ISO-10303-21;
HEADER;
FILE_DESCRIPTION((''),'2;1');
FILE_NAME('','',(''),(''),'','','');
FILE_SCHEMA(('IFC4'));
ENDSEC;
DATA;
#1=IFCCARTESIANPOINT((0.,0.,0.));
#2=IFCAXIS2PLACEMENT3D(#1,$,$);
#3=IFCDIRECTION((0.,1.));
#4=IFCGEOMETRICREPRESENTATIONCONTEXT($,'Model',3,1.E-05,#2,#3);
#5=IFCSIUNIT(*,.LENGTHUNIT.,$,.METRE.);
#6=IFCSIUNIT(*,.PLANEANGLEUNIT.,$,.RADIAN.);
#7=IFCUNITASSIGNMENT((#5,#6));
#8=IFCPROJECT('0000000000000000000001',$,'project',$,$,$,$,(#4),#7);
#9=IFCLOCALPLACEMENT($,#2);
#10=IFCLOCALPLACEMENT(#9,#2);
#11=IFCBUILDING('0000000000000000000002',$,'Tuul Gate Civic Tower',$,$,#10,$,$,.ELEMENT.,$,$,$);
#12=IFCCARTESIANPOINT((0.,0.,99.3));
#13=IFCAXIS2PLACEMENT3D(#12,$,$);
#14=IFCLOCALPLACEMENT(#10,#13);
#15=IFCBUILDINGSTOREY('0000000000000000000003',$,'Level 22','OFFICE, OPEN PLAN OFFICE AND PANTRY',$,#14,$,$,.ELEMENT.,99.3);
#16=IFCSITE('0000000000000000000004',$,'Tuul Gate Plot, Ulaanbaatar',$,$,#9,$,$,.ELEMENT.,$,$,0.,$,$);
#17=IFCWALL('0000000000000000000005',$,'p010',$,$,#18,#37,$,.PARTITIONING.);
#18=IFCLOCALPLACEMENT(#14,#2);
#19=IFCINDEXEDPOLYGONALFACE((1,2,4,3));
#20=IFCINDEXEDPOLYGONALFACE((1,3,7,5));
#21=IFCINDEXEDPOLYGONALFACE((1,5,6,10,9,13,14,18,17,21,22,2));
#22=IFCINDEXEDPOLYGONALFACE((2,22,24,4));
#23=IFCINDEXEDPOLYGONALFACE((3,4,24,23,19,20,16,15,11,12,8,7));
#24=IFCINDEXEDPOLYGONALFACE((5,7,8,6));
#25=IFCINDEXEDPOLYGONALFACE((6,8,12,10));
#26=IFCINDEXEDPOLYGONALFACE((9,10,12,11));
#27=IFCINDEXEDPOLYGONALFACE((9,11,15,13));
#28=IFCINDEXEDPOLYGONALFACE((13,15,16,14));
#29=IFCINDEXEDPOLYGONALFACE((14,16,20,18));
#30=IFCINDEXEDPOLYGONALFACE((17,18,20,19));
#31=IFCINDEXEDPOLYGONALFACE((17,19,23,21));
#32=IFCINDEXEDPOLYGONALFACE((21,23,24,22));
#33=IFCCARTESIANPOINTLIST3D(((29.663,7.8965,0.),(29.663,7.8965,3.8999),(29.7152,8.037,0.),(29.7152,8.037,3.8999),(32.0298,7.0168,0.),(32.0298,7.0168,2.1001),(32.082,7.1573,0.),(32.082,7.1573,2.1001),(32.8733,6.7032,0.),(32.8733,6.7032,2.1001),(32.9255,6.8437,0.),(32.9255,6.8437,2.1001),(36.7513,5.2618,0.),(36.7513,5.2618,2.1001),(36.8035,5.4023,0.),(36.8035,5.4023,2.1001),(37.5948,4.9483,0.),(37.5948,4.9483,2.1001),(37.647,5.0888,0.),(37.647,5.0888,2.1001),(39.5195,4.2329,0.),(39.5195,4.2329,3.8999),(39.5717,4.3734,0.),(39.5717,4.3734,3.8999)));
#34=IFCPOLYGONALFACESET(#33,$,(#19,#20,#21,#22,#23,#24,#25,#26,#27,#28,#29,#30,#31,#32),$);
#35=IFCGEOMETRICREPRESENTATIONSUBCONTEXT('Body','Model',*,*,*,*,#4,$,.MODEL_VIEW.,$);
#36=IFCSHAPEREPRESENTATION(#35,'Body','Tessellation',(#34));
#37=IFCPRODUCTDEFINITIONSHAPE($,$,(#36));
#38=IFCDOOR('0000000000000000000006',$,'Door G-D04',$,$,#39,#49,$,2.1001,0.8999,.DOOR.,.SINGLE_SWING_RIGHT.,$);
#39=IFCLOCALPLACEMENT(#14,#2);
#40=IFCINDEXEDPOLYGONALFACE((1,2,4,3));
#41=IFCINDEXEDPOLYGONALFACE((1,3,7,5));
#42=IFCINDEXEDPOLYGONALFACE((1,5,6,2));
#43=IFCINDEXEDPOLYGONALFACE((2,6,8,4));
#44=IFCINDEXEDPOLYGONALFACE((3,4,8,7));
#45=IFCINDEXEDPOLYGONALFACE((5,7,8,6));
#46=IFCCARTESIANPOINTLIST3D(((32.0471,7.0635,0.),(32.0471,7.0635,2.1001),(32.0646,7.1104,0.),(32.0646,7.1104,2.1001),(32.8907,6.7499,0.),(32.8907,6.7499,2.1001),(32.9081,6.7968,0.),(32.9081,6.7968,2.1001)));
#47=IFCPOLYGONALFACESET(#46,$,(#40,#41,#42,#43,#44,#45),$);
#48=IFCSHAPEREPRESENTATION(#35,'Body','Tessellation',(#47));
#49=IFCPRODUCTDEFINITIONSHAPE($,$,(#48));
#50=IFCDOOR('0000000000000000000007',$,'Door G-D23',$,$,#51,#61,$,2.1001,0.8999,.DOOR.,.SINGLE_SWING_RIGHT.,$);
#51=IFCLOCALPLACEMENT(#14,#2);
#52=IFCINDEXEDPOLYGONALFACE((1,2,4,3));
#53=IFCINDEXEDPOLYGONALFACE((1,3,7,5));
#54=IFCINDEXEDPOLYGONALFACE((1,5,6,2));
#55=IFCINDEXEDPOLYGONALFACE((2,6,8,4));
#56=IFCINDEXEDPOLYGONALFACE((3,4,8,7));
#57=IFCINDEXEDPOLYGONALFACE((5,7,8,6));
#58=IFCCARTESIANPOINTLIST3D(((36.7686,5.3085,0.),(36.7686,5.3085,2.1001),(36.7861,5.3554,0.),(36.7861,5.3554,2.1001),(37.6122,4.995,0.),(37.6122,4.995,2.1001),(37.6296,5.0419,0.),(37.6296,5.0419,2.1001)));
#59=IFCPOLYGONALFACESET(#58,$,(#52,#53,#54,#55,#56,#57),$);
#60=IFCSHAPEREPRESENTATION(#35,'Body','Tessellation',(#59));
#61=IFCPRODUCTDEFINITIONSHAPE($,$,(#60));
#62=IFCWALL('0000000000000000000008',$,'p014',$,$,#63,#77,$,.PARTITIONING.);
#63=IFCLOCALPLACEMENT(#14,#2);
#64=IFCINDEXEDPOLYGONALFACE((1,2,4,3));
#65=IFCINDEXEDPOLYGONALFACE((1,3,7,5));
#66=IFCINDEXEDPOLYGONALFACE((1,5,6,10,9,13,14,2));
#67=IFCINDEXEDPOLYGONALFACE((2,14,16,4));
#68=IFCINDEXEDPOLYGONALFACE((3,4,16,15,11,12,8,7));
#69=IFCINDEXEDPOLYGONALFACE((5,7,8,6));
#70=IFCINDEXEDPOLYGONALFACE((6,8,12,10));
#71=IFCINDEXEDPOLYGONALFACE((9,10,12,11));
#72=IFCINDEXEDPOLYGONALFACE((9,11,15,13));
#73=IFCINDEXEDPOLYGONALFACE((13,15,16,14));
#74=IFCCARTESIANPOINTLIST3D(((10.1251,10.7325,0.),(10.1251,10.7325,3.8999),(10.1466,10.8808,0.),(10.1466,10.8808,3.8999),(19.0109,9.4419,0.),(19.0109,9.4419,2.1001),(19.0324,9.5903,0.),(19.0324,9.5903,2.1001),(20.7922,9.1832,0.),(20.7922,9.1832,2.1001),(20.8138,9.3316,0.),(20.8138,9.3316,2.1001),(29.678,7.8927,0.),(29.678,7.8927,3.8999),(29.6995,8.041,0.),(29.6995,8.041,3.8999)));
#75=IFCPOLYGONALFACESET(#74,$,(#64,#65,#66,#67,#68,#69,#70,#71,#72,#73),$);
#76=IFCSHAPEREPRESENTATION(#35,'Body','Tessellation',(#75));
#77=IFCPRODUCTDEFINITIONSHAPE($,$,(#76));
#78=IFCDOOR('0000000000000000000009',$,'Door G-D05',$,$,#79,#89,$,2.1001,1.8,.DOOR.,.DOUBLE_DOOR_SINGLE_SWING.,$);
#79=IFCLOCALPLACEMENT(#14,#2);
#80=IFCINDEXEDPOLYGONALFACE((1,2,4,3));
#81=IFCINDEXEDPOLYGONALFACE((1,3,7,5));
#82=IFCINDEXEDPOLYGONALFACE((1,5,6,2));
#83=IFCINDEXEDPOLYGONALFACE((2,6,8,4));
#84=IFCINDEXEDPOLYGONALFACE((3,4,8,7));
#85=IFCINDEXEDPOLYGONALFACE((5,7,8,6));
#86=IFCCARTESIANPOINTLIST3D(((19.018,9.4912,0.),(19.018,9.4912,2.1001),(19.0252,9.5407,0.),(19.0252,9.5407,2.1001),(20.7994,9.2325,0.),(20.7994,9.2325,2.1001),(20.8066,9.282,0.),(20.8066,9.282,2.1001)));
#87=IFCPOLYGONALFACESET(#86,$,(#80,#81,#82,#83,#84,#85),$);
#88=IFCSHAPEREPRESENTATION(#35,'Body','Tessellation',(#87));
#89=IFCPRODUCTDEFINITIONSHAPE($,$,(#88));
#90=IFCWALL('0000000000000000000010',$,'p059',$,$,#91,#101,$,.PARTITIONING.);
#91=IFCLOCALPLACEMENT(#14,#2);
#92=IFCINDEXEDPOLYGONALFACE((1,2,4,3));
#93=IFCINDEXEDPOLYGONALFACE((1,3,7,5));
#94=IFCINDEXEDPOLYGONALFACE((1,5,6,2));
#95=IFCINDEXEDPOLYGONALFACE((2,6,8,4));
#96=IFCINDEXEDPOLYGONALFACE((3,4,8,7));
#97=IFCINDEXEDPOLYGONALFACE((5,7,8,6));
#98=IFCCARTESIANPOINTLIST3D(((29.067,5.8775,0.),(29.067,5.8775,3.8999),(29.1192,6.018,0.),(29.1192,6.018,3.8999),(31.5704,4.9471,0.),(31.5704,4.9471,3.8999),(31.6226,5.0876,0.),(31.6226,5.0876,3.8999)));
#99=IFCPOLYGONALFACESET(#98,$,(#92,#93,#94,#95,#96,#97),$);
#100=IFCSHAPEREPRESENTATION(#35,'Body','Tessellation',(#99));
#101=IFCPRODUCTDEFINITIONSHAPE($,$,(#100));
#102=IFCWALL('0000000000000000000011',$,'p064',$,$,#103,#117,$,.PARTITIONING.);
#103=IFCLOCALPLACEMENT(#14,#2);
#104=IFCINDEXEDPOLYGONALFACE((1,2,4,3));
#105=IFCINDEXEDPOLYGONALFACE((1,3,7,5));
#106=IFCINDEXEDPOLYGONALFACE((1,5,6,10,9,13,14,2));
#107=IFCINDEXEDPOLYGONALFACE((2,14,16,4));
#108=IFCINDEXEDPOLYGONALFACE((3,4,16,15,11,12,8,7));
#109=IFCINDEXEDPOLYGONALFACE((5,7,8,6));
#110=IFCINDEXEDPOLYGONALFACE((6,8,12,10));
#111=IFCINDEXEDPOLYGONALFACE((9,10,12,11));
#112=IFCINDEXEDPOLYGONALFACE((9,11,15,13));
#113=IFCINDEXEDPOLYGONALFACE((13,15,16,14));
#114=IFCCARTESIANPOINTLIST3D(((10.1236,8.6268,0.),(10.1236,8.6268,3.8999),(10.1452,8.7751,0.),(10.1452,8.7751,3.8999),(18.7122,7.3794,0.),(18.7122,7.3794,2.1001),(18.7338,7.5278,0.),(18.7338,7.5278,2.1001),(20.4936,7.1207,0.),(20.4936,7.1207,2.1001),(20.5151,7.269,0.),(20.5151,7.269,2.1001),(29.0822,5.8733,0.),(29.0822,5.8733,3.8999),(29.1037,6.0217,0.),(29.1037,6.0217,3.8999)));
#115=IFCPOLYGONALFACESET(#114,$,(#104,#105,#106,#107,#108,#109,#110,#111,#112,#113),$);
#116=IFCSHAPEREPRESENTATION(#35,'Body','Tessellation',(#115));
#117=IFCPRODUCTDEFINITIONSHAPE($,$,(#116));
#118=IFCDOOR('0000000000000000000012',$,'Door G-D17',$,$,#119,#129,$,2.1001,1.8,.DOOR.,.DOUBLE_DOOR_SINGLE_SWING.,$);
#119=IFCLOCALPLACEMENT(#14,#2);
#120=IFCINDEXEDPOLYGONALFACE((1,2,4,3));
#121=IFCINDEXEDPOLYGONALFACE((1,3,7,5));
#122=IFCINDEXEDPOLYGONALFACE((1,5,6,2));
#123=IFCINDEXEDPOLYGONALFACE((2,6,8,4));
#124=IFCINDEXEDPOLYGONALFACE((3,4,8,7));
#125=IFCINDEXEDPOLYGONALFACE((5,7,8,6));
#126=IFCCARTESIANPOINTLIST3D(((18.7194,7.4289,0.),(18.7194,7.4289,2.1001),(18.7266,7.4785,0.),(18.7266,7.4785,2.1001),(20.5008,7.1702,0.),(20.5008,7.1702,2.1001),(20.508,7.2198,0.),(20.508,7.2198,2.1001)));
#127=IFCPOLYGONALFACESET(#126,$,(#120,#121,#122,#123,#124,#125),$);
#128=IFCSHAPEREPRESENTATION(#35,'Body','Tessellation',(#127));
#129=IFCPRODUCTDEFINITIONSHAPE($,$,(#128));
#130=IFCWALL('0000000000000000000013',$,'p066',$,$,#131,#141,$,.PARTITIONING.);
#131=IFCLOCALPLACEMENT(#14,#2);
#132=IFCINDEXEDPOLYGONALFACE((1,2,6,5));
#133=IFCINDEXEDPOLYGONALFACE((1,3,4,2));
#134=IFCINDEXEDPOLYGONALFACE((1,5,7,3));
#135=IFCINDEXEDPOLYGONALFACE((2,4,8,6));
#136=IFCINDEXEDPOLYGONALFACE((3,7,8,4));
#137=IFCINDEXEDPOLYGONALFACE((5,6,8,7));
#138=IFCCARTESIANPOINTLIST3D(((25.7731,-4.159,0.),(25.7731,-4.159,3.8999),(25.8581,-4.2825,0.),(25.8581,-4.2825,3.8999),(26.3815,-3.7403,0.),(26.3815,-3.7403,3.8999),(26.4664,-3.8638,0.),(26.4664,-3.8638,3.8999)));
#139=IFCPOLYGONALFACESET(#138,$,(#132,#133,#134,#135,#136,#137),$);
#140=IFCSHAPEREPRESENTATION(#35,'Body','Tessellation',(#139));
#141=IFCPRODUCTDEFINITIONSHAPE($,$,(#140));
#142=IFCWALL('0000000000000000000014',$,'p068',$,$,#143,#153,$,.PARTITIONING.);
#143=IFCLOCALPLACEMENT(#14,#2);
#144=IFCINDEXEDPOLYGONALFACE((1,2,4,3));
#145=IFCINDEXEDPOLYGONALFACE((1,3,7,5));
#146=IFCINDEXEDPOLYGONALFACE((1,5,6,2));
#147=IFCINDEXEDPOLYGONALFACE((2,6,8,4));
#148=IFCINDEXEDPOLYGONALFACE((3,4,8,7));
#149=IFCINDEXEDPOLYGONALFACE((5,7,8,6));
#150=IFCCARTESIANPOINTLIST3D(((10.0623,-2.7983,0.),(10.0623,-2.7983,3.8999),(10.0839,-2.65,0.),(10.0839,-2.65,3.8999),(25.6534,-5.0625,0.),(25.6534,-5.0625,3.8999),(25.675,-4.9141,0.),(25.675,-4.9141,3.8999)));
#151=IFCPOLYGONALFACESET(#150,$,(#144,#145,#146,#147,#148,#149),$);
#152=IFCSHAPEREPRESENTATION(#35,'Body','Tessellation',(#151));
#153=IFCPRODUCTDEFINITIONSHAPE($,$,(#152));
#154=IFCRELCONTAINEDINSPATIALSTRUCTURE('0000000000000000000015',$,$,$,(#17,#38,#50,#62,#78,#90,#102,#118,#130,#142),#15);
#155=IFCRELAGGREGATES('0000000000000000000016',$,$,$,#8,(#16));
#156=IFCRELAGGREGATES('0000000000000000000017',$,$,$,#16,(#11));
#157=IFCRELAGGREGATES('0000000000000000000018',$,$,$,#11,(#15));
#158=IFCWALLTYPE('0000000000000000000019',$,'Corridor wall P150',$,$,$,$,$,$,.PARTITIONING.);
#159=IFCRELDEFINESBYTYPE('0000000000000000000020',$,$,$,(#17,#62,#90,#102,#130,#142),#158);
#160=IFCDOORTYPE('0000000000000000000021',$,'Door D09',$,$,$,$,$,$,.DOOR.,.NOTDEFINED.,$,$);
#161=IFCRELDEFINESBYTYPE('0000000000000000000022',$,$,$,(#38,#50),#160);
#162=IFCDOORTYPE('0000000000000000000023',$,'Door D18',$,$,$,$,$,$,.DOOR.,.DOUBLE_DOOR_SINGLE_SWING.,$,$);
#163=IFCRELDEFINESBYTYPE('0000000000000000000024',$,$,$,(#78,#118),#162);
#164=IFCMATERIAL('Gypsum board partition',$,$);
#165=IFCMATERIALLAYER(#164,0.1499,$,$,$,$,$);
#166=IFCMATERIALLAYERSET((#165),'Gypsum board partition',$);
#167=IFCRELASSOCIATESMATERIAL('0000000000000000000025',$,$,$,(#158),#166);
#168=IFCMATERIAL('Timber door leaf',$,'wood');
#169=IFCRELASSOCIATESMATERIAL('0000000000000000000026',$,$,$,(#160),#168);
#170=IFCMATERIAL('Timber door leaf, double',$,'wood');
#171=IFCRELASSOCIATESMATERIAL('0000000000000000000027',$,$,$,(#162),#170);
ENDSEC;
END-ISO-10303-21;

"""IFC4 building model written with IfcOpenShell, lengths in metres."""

from ifc_helpers import new_model, si_unit, direction, frame, frame_2d, origin, place, context, subcontext, project, spatial, rectangle, extrude, material, layer, layer_set, type_object, element, fill, save


model = new_model("IFC4")

# Units and contexts
model_context = context("Model", 3, precision=1e-05, world=origin(), true_north=direction((0.0, 1.0)))
body_context = subcontext(model_context, "Body", "Model", "MODEL_VIEW")
ifc_project = project(units=[si_unit("LENGTHUNIT", "METRE"), si_unit("PLANEANGLEUNIT", "RADIAN")], contexts=[model_context])

# Site, building, storey
site_placement = place(None, origin())
site = spatial("IfcSite", under=ifc_project, at=site_placement, Name="Tuul Gate Plot, Ulaanbaatar", CompositionType="ELEMENT", RefElevation=0.0)
building_placement = place(site_placement, origin())
building = spatial("IfcBuilding", under=site, at=building_placement, Name="Tuul Gate Civic Tower", CompositionType="ELEMENT")
storey_placement = place(building_placement, frame((0.0, 0.0, 99.3)))
storey = spatial("IfcBuildingStorey", under=building, at=storey_placement, Name="Level 22", Description="OFFICE, OPEN PLAN OFFICE AND PANTRY", CompositionType="ELEMENT", Elevation=99.3)

# Wall, openings, doors
ifc_material_1 = material(Name="Gypsum board partition")
ifc_layer_1 = layer(ifc_material_1, 0.1499)
ifc_layer_set_1 = layer_set([ifc_layer_1], Name="Gypsum board partition")
wall_type_1 = type_object("IfcWallType", Name="Corridor wall P150", PredefinedType="PARTITIONING", material=ifc_layer_set_1)
wall_1_placement = place(storey_placement, frame((29.689, 7.9668, 0.0), z_axis=(0.0, 0.0, 1.0), x_axis=(0.937344, -0.348405, 0.0)))
wall_1 = element("IfcWall", 1, at=wall_1_placement, inside=storey, type_object=wall_type_1, Name="p010", PredefinedType="PARTITIONING", context=body_context, shape_type="SweptSolid", body=[
    extrude(rectangle(XDim=10.5154, YDim=0.1499, at=frame_2d((5.2578, 0.0))), origin(), (0.0, 0.0, 1.0), 3.8999),
])
opening_1_placement = place(wall_1_placement, frame((2.5251, 0.0, 0.0)))
opening_1 = element("IfcOpeningElement", 2, at=opening_1_placement, cuts=wall_1, PredefinedType="OPENING", context=body_context, shape_type="SweptSolid", body=[
    extrude(rectangle(XDim=0.8999, YDim=2.1001, at=frame_2d((0.45, 1.05))), frame((0.0, 0.085, 0.0), z_axis=(0.0, -1.0, 0.0), x_axis=(1.0, 0.0, 0.0)), (0.0, 0.0, 1.0), 0.1699),
])
opening_2_placement = place(wall_1_placement, frame((7.5623, 0.0, 0.0)))
opening_2 = element("IfcOpeningElement", 3, at=opening_2_placement, cuts=wall_1, PredefinedType="OPENING", context=body_context, shape_type="SweptSolid", body=[
    extrude(rectangle(XDim=0.8999, YDim=2.1001, at=frame_2d((0.45, 1.05))), frame((0.0, 0.085, 0.0), z_axis=(0.0, -1.0, 0.0), x_axis=(1.0, 0.0, 0.0)), (0.0, 0.0, 1.0), 0.1699),
])
ifc_material_2 = material(Name="Timber door leaf", Category="wood")
door_type_1 = type_object("IfcDoorType", Name="Door D09", OperationType="NOTDEFINED", PredefinedType="DOOR", material=ifc_material_2)
door_1_placement = place(opening_1_placement, origin())
door_1 = element("IfcDoor", 4, at=door_1_placement, inside=storey, type_object=door_type_1, Name="Door G-D04", OperationType="SINGLE_SWING_RIGHT", OverallHeight=2.1001, OverallWidth=0.8999, PredefinedType="DOOR", context=body_context, shape_type="SweptSolid", body=[
    extrude(rectangle(XDim=0.8999, YDim=2.1001, at=frame_2d((0.45, 1.05))), frame((0.0, 0.0249, 0.0), z_axis=(0.0, -1.0, 0.0), x_axis=(1.0, 0.0, 0.0)), (0.0, 0.0, 1.0), 0.05),
])
fill(opening_1, door_1)
door_2_placement = place(opening_2_placement, origin())
door_2 = element("IfcDoor", 5, at=door_2_placement, inside=storey, type_object=door_type_1, Name="Door G-D23", OperationType="SINGLE_SWING_RIGHT", OverallHeight=2.1001, OverallWidth=0.8999, PredefinedType="DOOR", context=body_context, shape_type="SweptSolid", body=[
    extrude(rectangle(XDim=0.8999, YDim=2.1001, at=frame_2d((0.45, 1.05))), frame((0.0, 0.0249, 0.0), z_axis=(0.0, -1.0, 0.0), x_axis=(1.0, 0.0, 0.0)), (0.0, 0.0, 1.0), 0.05),
])
fill(opening_2, door_2)

# Wall, opening, door
wall_2_placement = place(storey_placement, frame((10.136, 10.8066, 0.0), z_axis=(0.0, 0.0, 1.0), x_axis=(0.989617, -0.14373, 0.0)))
wall_2 = element("IfcWall", 6, at=wall_2_placement, inside=storey, type_object=wall_type_1, Name="p014", PredefinedType="PARTITIONING", context=body_context, shape_type="SweptSolid", body=[
    extrude(rectangle(XDim=19.7581, YDim=0.1499, at=frame_2d((9.8789, 0.0))), origin(), (0.0, 0.0, 1.0), 3.8999),
])
opening_3_placement = place(wall_2_placement, frame((8.979, 0.0, 0.0)))
opening_3 = element("IfcOpeningElement", 7, at=opening_3_placement, cuts=wall_2, PredefinedType="OPENING", context=body_context, shape_type="SweptSolid", body=[
    extrude(rectangle(XDim=1.8, YDim=2.1001, at=frame_2d((0.8999, 1.05))), frame((0.0, 0.085, 0.0), z_axis=(0.0, -1.0, 0.0), x_axis=(1.0, 0.0, 0.0)), (0.0, 0.0, 1.0), 0.1699),
])
ifc_material_3 = material(Name="Timber door leaf, double", Category="wood")
door_type_2 = type_object("IfcDoorType", Name="Door D18", OperationType="DOUBLE_DOOR_SINGLE_SWING", PredefinedType="DOOR", material=ifc_material_3)
door_3_placement = place(opening_3_placement, origin())
door_3 = element("IfcDoor", 8, at=door_3_placement, inside=storey, type_object=door_type_2, Name="Door G-D05", OperationType="DOUBLE_DOOR_SINGLE_SWING", OverallHeight=2.1001, OverallWidth=1.8, PredefinedType="DOOR", context=body_context, shape_type="SweptSolid", body=[
    extrude(rectangle(XDim=1.8, YDim=2.1001, at=frame_2d((0.8999, 1.05))), frame((0.0, 0.0249, 0.0), z_axis=(0.0, -1.0, 0.0), x_axis=(1.0, 0.0, 0.0)), (0.0, 0.0, 1.0), 0.05),
])
fill(opening_3, door_3)

# Wall
wall_3_placement = place(storey_placement, frame((29.093, 5.9478, 0.0), z_axis=(0.0, 0.0, 1.0), x_axis=(0.937354, -0.348377, 0.0)))
element("IfcWall", 9, at=wall_3_placement, inside=storey, type_object=wall_type_1, Name="p059", PredefinedType="PARTITIONING", context=body_context, shape_type="SweptSolid", body=[
    extrude(rectangle(XDim=2.6707, YDim=0.1499, at=frame_2d((1.3354, 0.0))), origin(), (0.0, 0.0, 1.0), 3.8999),
])

# Wall, opening, door
wall_4_placement = place(storey_placement, frame((10.1345, 8.7009, 0.0), z_axis=(0.0, 0.0, 1.0), x_axis=(0.989618, -0.143726, 0.0)))
wall_4 = element("IfcWall", 10, at=wall_4_placement, inside=storey, type_object=wall_type_1, Name="p064", PredefinedType="PARTITIONING", context=body_context, shape_type="SweptSolid", body=[
    extrude(rectangle(XDim=19.1575, YDim=0.1499, at=frame_2d((9.5786, 0.0))), origin(), (0.0, 0.0, 1.0), 3.8999),
])
opening_4_placement = place(wall_4_placement, frame((8.6787, 0.0, 0.0)))
opening_4 = element("IfcOpeningElement", 11, at=opening_4_placement, cuts=wall_4, PredefinedType="OPENING", context=body_context, shape_type="SweptSolid", body=[
    extrude(rectangle(XDim=1.8, YDim=2.1001, at=frame_2d((0.8999, 1.05))), frame((0.0, 0.085, 0.0), z_axis=(0.0, -1.0, 0.0), x_axis=(1.0, 0.0, 0.0)), (0.0, 0.0, 1.0), 0.1699),
])
door_4_placement = place(opening_4_placement, frame((1.8, 0.0, 0.0), z_axis=(0.0, 0.0, 1.0), x_axis=(-1.0, 0.0, 0.0)))
door_4 = element("IfcDoor", 12, at=door_4_placement, inside=storey, type_object=door_type_2, Name="Door G-D17", OperationType="DOUBLE_DOOR_SINGLE_SWING", OverallHeight=2.1001, OverallWidth=1.8, PredefinedType="DOOR", context=body_context, shape_type="SweptSolid", body=[
    extrude(rectangle(XDim=1.8, YDim=2.1001, at=frame_2d((0.9001, 1.05))), frame((0.0, 0.0249, 0.0), z_axis=(0.0, -1.0, 0.0), x_axis=(1.0, 0.0, 0.0)), (0.0, 0.0, 1.0), 0.05),
])
fill(opening_4, door_4)

# Walls
wall_5_placement = place(storey_placement, frame((25.8157, -4.2207, 0.0), z_axis=(0.0, 0.0, 1.0), x_axis=(0.823772, 0.566922, 0.0)))
element("IfcWall", 13, at=wall_5_placement, inside=storey, type_object=wall_type_1, Name="p066", PredefinedType="PARTITIONING", context=body_context, shape_type="SweptSolid", body=[
    extrude(rectangle(XDim=0.7385, YDim=0.1499, at=frame_2d((0.3691, 0.0))), origin(), (0.0, 0.0, 1.0), 3.8999),
])
wall_6_placement = place(storey_placement, frame((10.073, -2.7241, 0.0), z_axis=(0.0, 0.0, 1.0), x_axis=(0.989619, -0.143714, 0.0)))
element("IfcWall", 14, at=wall_6_placement, inside=storey, type_object=wall_type_1, Name="p068", PredefinedType="PARTITIONING", context=body_context, shape_type="SweptSolid", body=[
    extrude(rectangle(XDim=15.7546, YDim=0.1499, at=frame_2d((7.8774, 0.0))), origin(), (0.0, 0.0, 1.0), 3.8999),
])

save(model, "model.ifc")
